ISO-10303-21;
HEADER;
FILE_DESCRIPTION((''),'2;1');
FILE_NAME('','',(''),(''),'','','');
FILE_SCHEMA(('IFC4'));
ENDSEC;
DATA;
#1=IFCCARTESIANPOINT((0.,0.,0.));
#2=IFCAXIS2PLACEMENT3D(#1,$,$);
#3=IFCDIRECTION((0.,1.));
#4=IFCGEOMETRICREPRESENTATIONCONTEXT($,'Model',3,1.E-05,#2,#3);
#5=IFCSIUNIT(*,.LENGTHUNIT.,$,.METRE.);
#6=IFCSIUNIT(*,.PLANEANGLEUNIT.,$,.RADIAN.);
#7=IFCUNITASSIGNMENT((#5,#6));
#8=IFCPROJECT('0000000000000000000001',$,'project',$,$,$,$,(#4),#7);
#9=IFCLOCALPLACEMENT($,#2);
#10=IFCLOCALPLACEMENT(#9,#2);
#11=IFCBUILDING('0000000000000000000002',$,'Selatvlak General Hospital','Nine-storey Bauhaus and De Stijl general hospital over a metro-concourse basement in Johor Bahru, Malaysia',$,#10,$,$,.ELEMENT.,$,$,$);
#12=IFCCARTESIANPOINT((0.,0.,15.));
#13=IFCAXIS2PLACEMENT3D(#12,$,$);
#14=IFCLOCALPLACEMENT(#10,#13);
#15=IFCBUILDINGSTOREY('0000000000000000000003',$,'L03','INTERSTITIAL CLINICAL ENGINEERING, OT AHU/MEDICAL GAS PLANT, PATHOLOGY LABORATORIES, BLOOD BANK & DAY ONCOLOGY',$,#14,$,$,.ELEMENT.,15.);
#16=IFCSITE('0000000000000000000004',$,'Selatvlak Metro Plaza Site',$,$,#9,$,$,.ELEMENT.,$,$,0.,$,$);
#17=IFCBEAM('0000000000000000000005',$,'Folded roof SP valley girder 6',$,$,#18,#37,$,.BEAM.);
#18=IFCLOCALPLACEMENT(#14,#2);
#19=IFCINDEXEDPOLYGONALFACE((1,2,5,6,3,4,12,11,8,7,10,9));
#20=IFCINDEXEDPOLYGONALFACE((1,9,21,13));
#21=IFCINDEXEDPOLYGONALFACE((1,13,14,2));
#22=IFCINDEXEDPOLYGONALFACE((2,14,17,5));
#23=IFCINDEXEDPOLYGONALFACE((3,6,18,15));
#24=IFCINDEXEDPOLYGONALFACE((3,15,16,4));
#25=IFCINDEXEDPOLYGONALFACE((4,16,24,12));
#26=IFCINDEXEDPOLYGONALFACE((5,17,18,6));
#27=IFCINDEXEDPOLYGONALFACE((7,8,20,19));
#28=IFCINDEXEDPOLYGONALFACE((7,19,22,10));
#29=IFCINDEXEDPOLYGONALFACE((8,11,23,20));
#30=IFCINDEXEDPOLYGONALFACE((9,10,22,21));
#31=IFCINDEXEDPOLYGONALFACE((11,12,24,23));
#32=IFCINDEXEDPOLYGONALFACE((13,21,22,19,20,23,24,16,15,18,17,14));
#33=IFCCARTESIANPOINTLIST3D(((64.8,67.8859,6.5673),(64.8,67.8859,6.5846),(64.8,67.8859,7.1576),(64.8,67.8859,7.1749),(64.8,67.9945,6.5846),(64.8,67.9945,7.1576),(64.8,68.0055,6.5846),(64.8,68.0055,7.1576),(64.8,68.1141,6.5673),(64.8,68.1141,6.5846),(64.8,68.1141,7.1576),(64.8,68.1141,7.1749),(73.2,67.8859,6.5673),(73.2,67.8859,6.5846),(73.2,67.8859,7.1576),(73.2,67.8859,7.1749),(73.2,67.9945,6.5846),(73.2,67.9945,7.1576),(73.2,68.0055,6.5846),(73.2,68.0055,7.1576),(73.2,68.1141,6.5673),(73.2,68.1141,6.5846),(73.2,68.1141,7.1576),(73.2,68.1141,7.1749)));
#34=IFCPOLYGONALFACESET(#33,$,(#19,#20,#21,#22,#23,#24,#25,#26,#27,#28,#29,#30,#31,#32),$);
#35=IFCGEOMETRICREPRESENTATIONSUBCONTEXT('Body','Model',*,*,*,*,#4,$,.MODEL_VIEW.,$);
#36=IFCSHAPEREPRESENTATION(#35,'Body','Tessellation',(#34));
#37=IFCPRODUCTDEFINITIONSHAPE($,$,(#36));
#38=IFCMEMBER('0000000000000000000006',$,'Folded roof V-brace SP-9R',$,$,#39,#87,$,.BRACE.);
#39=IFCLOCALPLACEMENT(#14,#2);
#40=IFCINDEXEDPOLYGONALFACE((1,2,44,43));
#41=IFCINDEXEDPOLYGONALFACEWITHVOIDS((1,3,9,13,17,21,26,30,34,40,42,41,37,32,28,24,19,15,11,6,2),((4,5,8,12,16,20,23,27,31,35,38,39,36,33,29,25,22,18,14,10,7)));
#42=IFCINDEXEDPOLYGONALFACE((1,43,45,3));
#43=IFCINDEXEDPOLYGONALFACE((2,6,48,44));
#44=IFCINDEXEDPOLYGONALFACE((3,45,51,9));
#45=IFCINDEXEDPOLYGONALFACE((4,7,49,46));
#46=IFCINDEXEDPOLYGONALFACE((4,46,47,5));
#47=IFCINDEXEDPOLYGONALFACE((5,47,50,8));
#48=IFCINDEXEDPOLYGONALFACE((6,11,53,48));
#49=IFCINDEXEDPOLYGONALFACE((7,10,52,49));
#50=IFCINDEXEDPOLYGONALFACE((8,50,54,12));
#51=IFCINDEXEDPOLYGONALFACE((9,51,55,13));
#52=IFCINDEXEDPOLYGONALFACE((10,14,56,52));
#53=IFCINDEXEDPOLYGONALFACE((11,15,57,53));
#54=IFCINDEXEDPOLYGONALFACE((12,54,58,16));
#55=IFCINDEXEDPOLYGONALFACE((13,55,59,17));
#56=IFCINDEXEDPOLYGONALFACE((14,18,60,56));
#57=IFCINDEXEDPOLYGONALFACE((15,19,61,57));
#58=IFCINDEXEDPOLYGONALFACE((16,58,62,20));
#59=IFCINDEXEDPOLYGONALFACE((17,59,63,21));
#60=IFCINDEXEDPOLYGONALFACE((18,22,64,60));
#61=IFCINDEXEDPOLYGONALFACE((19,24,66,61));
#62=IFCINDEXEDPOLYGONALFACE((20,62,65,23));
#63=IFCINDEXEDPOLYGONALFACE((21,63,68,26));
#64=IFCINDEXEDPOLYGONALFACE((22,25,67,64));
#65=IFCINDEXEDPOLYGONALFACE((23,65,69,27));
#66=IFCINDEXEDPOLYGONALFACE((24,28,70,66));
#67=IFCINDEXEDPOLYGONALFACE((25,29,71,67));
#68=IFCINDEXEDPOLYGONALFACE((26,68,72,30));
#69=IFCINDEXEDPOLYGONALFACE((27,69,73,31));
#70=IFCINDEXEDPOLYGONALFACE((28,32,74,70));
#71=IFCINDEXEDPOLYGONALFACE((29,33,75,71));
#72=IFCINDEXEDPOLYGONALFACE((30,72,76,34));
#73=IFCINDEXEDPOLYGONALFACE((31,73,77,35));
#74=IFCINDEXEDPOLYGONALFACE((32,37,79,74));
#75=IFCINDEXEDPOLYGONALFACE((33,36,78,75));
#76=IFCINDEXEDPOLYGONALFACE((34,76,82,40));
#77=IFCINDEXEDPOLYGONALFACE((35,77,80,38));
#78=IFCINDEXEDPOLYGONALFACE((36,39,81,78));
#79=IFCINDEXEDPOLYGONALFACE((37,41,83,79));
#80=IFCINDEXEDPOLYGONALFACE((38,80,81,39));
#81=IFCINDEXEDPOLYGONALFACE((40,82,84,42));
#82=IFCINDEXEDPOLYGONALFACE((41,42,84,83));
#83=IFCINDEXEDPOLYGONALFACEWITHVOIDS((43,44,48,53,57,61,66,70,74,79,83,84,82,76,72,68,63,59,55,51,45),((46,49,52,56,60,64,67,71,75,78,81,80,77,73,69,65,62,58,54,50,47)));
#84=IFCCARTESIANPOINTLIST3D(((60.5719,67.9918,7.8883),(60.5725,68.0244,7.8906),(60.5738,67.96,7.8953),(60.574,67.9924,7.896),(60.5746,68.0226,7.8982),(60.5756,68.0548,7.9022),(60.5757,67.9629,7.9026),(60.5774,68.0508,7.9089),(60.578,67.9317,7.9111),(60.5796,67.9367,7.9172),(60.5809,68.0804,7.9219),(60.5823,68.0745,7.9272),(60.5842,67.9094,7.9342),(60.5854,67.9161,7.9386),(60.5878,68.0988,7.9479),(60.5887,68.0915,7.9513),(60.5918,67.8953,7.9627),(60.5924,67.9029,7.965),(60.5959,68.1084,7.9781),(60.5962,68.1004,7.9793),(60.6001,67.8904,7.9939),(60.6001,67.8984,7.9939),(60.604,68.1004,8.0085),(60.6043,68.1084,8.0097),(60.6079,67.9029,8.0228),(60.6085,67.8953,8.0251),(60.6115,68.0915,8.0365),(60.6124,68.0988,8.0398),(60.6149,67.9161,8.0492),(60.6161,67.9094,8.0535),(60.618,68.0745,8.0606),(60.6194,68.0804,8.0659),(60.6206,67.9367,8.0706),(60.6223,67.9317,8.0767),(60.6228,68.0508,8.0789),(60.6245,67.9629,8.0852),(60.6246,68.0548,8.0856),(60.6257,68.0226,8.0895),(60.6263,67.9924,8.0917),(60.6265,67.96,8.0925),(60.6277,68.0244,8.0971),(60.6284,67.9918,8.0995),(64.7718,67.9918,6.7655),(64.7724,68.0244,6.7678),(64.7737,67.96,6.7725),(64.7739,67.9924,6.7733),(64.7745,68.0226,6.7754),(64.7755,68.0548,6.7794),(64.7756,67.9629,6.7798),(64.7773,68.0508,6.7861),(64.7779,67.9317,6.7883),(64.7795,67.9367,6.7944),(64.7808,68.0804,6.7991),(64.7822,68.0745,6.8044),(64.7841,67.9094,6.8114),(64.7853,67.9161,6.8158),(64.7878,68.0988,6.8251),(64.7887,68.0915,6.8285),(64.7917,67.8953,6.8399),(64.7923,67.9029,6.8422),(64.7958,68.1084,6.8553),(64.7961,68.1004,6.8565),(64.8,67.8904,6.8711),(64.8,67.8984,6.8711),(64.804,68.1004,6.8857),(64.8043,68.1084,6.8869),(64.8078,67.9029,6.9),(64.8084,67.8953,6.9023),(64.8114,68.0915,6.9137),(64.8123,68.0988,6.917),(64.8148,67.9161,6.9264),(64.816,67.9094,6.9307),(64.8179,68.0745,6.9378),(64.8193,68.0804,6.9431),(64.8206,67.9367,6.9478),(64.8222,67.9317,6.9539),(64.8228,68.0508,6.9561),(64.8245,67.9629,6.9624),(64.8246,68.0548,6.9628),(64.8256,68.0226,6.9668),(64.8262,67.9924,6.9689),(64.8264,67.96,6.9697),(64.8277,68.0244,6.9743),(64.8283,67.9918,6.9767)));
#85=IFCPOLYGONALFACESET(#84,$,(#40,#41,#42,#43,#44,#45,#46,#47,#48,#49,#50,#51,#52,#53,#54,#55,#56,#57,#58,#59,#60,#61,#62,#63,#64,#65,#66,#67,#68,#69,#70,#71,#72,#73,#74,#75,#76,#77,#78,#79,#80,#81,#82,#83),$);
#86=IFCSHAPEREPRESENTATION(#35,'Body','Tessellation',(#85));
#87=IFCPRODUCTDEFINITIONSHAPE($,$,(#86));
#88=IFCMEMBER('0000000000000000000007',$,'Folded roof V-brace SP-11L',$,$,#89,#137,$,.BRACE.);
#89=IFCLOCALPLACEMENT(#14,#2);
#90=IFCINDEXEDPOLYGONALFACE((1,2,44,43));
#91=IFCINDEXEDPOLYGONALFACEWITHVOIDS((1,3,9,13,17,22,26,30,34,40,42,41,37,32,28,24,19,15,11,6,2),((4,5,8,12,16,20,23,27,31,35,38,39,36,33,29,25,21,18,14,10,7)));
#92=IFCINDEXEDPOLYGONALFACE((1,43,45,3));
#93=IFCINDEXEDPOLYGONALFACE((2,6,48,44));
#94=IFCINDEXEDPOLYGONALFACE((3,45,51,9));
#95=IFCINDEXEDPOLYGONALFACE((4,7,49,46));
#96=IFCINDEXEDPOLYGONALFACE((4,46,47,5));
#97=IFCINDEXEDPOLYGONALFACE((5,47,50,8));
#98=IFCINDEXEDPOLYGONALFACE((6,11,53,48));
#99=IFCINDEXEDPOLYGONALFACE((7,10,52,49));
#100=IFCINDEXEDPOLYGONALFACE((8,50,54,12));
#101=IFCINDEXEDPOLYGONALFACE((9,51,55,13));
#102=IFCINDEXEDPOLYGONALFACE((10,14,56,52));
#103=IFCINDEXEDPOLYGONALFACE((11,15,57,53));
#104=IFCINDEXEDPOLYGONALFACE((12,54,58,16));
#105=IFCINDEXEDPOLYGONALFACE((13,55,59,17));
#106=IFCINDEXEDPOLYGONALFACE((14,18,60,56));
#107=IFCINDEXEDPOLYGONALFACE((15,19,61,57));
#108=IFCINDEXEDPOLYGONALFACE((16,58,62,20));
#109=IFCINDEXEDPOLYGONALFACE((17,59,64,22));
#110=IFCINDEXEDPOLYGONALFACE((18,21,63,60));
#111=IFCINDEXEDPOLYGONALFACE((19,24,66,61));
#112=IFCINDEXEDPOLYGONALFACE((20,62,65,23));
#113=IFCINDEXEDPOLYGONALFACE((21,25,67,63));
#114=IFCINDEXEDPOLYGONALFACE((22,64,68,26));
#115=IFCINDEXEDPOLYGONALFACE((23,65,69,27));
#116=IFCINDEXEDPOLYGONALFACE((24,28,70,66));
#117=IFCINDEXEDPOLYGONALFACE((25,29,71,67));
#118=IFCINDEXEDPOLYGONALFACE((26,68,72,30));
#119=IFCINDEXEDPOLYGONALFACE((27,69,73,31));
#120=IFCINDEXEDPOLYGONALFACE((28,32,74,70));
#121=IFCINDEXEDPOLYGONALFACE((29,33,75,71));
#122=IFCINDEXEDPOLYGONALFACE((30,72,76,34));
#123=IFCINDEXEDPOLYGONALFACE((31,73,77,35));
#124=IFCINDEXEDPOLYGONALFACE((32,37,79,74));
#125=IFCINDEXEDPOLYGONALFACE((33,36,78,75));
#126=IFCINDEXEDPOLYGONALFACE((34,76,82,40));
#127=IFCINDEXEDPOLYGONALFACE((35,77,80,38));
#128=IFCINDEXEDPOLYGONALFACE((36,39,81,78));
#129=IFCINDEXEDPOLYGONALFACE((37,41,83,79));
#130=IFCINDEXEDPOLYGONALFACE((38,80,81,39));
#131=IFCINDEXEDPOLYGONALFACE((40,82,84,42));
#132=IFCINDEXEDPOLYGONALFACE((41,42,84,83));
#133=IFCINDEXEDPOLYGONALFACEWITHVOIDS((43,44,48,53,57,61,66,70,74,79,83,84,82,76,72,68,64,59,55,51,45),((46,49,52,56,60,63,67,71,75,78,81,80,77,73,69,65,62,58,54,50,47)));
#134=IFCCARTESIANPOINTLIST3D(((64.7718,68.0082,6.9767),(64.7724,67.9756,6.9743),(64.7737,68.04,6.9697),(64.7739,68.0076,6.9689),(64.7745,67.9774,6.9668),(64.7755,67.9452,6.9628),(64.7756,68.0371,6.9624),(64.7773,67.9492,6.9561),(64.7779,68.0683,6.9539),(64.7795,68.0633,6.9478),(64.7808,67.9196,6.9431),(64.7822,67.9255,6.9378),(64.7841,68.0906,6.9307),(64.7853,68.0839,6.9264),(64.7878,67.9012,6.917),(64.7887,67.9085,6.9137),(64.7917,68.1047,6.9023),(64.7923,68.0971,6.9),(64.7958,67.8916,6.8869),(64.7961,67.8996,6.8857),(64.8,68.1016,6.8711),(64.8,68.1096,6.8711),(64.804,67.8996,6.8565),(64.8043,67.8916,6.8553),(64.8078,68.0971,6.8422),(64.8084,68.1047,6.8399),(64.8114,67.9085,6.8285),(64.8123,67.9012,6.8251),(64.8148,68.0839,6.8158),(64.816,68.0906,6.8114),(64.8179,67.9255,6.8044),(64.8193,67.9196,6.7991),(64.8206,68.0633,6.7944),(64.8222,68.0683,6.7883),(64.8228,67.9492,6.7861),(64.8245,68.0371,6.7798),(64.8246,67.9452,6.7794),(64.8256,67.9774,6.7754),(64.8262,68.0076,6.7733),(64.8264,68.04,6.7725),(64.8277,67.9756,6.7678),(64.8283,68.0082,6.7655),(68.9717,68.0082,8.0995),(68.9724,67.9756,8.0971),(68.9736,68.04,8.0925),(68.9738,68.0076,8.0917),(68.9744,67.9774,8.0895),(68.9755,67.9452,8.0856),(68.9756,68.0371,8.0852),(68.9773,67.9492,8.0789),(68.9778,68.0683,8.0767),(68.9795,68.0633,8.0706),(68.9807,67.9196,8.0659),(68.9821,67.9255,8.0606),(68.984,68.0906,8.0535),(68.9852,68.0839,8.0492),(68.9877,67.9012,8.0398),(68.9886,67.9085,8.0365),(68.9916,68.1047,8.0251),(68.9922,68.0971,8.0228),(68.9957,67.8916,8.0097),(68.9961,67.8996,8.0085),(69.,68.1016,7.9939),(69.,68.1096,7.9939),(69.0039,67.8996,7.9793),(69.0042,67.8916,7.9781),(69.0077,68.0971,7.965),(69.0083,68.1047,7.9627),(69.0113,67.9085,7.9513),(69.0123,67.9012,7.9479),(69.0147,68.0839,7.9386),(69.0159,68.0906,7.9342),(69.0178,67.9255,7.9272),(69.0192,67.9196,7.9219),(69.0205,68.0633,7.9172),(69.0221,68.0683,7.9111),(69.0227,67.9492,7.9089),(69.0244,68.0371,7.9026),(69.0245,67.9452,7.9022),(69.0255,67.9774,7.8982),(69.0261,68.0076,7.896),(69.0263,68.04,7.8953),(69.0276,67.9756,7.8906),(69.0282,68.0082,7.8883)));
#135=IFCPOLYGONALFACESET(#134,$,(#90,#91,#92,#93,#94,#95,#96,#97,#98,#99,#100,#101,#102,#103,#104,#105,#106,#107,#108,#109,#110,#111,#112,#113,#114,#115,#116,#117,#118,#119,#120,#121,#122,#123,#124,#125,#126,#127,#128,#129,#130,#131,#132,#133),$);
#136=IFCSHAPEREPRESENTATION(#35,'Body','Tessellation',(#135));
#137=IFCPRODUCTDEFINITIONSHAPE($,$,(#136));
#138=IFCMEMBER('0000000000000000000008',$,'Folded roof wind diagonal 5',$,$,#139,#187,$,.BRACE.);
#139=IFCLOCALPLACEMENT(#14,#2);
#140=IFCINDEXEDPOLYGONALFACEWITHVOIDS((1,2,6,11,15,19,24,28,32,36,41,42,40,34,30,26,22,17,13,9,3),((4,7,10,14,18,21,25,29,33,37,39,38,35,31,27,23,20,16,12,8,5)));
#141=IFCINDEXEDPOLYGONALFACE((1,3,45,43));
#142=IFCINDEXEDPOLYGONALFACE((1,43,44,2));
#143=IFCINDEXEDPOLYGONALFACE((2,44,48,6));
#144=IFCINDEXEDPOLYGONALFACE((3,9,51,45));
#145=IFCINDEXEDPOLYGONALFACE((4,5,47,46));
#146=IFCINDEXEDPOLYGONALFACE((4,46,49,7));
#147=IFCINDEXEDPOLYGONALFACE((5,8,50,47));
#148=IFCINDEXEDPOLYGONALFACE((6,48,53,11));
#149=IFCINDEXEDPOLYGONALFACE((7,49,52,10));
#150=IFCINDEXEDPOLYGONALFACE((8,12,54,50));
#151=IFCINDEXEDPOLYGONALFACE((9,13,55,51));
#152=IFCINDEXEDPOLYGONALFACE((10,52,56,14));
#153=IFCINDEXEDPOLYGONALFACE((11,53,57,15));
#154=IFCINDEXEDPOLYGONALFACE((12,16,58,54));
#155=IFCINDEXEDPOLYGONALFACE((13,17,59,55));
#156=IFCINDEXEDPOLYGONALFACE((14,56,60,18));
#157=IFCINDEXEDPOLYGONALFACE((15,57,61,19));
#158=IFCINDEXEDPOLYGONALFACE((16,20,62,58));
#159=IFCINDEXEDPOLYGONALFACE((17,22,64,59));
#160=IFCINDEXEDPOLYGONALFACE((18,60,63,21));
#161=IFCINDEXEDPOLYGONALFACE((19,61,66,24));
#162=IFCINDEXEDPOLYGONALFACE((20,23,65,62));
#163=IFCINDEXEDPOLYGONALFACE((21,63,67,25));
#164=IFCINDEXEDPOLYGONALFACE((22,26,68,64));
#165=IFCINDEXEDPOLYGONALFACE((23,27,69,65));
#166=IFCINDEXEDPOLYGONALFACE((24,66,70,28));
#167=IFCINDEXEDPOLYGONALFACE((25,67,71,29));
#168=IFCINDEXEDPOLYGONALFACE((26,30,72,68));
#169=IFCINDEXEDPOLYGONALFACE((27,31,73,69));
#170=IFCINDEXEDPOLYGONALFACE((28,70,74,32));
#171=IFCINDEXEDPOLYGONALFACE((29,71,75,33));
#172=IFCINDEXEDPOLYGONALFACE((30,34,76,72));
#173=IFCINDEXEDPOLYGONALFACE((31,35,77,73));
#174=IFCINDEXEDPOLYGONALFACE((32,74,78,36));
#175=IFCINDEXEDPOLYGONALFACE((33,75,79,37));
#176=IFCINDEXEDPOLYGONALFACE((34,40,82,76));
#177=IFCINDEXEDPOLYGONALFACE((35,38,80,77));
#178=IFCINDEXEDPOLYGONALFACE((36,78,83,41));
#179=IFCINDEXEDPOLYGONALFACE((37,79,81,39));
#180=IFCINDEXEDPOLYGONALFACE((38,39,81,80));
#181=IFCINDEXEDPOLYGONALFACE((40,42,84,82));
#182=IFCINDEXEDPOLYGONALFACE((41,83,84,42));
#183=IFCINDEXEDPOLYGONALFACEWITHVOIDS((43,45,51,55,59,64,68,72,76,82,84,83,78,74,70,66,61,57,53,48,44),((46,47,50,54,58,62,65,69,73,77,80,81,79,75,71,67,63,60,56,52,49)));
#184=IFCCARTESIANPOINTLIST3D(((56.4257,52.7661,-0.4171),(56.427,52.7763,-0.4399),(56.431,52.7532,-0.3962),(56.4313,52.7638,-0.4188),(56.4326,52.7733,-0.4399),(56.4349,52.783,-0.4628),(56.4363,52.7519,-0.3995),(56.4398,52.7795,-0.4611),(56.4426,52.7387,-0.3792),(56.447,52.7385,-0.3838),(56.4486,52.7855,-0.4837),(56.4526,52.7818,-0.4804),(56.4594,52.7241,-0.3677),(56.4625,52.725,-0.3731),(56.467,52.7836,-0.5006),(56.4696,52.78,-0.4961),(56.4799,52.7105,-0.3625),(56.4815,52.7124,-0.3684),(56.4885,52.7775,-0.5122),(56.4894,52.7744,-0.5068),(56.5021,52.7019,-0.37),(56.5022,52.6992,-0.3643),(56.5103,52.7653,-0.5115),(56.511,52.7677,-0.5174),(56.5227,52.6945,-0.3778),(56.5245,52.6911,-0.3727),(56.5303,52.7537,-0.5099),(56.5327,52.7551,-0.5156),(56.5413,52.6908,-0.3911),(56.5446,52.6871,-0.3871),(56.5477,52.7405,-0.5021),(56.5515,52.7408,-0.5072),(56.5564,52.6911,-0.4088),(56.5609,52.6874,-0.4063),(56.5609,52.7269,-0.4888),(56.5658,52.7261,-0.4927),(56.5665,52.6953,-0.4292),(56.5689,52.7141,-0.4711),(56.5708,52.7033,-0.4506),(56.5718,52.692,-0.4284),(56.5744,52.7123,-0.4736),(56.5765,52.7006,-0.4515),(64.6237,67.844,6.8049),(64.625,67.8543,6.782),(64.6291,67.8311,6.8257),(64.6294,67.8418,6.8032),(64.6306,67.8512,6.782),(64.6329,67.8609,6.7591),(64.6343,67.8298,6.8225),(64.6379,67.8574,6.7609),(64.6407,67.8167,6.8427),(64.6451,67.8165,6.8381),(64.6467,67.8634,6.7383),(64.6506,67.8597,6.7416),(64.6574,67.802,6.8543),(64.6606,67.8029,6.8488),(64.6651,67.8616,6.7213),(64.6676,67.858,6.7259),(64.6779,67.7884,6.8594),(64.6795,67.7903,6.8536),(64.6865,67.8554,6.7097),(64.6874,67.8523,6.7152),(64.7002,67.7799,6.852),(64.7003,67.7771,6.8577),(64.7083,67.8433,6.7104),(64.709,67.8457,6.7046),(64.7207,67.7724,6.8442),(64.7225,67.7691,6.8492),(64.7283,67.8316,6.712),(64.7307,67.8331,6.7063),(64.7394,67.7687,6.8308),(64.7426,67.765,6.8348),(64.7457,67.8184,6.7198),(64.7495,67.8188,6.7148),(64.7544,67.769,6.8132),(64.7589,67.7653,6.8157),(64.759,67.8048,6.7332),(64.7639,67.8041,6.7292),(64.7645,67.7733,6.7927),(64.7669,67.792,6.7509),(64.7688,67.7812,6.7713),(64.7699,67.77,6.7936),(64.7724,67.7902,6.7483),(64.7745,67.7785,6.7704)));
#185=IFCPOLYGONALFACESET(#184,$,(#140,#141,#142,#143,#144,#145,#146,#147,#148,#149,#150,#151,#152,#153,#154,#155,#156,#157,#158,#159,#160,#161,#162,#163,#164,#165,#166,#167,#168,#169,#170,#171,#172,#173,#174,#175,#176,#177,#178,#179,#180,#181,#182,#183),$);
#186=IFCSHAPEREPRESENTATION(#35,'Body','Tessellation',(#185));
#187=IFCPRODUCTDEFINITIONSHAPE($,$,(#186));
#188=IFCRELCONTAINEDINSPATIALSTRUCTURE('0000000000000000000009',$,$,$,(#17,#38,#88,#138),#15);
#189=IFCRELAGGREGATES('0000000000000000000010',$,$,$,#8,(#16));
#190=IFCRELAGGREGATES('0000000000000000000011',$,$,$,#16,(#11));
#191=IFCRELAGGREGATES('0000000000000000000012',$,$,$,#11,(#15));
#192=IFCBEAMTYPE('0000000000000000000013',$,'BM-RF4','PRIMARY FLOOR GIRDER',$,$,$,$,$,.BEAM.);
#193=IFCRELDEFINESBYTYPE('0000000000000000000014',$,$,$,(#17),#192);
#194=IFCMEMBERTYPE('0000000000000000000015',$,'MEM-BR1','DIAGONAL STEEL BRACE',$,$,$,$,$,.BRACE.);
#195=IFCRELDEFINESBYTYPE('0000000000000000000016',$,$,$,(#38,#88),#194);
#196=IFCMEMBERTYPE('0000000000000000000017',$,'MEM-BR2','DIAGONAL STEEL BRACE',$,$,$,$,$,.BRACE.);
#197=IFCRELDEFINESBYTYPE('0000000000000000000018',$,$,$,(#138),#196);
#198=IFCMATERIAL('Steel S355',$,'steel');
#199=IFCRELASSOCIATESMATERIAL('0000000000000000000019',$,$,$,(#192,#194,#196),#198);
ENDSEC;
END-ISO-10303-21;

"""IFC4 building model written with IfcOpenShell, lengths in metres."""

from ifc_helpers import new_model, si_unit, direction, frame, origin, origin_2d, place, context, subcontext, project, spatial, hollow_circle, i_section, extrude, material, material_profile, profile_set, type_object, element, save


model = new_model("IFC4")

# Units and contexts
model_context = context("Model", 3, precision=1e-05, world=origin(), true_north=direction((0.0, 1.0)))
body_context = subcontext(model_context, "Body", "Model", "MODEL_VIEW")
ifc_project = project(units=[si_unit("LENGTHUNIT", "METRE"), si_unit("PLANEANGLEUNIT", "RADIAN")], contexts=[model_context])

# Site, building, storey
site_placement = place(None, origin())
site = spatial("IfcSite", under=ifc_project, at=site_placement, Name="Selatvlak Metro Plaza Site", CompositionType="ELEMENT", RefElevation=0.0)
building_placement = place(site_placement, origin())
building = spatial("IfcBuilding", under=site, at=building_placement, Name="Selatvlak General Hospital", Description="Nine-storey Bauhaus and De Stijl general hospital over a metro-concourse basement in Johor Bahru, Malaysia", CompositionType="ELEMENT")
storey_placement = place(building_placement, frame((0.0, 0.0, 15.0)))
storey = spatial("IfcBuildingStorey", under=building, at=storey_placement, Name="L03", Description="INTERSTITIAL CLINICAL ENGINEERING, OT AHU/MEDICAL GAS PLANT, PATHOLOGY LABORATORIES, BLOOD BANK & DAY ONCOLOGY", CompositionType="ELEMENT", Elevation=15.0)

# Shared definitions
ifc_material = material(Name="Steel S355", Category="steel")

# Beam
ifc_material_profile_1 = material_profile(ifc_material, i_section(OverallWidth=0.2283, OverallDepth=0.6077, WebThickness=0.011, FlangeThickness=0.0173, at=origin_2d()), Name="UB 610x229x113")
ifc_profile_set_1 = profile_set([ifc_material_profile_1], Name="Steel S355")
beam_type_1 = type_object("IfcBeamType", Name="BM-RF4", Description="PRIMARY FLOOR GIRDER", PredefinedType="BEAM", material=ifc_profile_set_1)
for number, where, z_axis, x_axis, name in (
    (1, (64.8, 68.0, 6.8711), (1.0, 0.0, 0.0), (0.0, 1.0, 0.0), "Folded roof SP valley girder 6"),
):
    element("IfcBeam", number, at=place(storey_placement, frame(where, z_axis=z_axis, x_axis=x_axis)), inside=storey, type_object=beam_type_1, Name=name, PredefinedType="BEAM", context=body_context, shape_type="SweptSolid", body=[
        extrude(i_section(OverallWidth=0.2283, OverallDepth=0.6077, WebThickness=0.011, FlangeThickness=0.0173, at=origin_2d()), origin(), (0.0, 0.0, 1.0), 8.3999),
    ])

# Members
ifc_material_profile_2 = material_profile(ifc_material, hollow_circle(Radius=0.1096, WallThickness=0.0081, at=origin_2d()), Name="CHS 219.1x8")
ifc_profile_set_2 = profile_set([ifc_material_profile_2], Name="Steel S355")
member_type_1 = type_object("IfcMemberType", Name="MEM-BR1", Description="DIAGONAL STEEL BRACE", PredefinedType="BRACE", material=ifc_profile_set_2)
for number, where, z_axis, x_axis, name in (
    (2, (64.8, 68.0, 6.8711), (-0.966074, 0.0, 0.258267), (0.0, -1.0, 0.0), "Folded roof V-brace SP-9R"),
    (3, (64.8, 68.0, 6.8711), (0.966074, 0.0, 0.258267), (0.0, 1.0, 0.0), "Folded roof V-brace SP-11L"),
):
    element("IfcMember", number, at=place(storey_placement, frame(where, z_axis=z_axis, x_axis=x_axis)), inside=storey, type_object=member_type_1, Name=name, PredefinedType="BRACE", context=body_context, shape_type="SweptSolid", body=[
        extrude(hollow_circle(Radius=0.1096, WallThickness=0.0081, at=origin_2d()), origin(), (0.0, 0.0, 1.0), 4.3474),
    ])
ifc_material_profile_3 = material_profile(ifc_material, hollow_circle(Radius=0.0842, WallThickness=0.0063, at=origin_2d()), Name="CHS 168.3x6.3")
ifc_profile_set_3 = profile_set([ifc_material_profile_3], Name="Steel S355")
member_type_2 = type_object("IfcMemberType", Name="MEM-BR2", Description="DIAGONAL STEEL BRACE", PredefinedType="BRACE", material=ifc_profile_set_3)
for number, where, z_axis, x_axis, name in (
    (4, (56.501, 52.7361, -0.4399), (0.440278, 0.809766, 0.387858), (-0.878539, 0.477671, 0.0), "Folded roof wind diagonal 5"),
):
    element("IfcMember", number, at=place(storey_placement, frame(where, z_axis=z_axis, x_axis=x_axis)), inside=storey, type_object=member_type_2, Name=name, PredefinedType="BRACE", context=body_context, shape_type="SweptSolid", body=[
        extrude(hollow_circle(Radius=0.0842, WallThickness=0.0063, at=origin_2d()), origin(), (0.0, 0.0, 1.0), 18.6201),
    ])

save(model, "model.ifc")
